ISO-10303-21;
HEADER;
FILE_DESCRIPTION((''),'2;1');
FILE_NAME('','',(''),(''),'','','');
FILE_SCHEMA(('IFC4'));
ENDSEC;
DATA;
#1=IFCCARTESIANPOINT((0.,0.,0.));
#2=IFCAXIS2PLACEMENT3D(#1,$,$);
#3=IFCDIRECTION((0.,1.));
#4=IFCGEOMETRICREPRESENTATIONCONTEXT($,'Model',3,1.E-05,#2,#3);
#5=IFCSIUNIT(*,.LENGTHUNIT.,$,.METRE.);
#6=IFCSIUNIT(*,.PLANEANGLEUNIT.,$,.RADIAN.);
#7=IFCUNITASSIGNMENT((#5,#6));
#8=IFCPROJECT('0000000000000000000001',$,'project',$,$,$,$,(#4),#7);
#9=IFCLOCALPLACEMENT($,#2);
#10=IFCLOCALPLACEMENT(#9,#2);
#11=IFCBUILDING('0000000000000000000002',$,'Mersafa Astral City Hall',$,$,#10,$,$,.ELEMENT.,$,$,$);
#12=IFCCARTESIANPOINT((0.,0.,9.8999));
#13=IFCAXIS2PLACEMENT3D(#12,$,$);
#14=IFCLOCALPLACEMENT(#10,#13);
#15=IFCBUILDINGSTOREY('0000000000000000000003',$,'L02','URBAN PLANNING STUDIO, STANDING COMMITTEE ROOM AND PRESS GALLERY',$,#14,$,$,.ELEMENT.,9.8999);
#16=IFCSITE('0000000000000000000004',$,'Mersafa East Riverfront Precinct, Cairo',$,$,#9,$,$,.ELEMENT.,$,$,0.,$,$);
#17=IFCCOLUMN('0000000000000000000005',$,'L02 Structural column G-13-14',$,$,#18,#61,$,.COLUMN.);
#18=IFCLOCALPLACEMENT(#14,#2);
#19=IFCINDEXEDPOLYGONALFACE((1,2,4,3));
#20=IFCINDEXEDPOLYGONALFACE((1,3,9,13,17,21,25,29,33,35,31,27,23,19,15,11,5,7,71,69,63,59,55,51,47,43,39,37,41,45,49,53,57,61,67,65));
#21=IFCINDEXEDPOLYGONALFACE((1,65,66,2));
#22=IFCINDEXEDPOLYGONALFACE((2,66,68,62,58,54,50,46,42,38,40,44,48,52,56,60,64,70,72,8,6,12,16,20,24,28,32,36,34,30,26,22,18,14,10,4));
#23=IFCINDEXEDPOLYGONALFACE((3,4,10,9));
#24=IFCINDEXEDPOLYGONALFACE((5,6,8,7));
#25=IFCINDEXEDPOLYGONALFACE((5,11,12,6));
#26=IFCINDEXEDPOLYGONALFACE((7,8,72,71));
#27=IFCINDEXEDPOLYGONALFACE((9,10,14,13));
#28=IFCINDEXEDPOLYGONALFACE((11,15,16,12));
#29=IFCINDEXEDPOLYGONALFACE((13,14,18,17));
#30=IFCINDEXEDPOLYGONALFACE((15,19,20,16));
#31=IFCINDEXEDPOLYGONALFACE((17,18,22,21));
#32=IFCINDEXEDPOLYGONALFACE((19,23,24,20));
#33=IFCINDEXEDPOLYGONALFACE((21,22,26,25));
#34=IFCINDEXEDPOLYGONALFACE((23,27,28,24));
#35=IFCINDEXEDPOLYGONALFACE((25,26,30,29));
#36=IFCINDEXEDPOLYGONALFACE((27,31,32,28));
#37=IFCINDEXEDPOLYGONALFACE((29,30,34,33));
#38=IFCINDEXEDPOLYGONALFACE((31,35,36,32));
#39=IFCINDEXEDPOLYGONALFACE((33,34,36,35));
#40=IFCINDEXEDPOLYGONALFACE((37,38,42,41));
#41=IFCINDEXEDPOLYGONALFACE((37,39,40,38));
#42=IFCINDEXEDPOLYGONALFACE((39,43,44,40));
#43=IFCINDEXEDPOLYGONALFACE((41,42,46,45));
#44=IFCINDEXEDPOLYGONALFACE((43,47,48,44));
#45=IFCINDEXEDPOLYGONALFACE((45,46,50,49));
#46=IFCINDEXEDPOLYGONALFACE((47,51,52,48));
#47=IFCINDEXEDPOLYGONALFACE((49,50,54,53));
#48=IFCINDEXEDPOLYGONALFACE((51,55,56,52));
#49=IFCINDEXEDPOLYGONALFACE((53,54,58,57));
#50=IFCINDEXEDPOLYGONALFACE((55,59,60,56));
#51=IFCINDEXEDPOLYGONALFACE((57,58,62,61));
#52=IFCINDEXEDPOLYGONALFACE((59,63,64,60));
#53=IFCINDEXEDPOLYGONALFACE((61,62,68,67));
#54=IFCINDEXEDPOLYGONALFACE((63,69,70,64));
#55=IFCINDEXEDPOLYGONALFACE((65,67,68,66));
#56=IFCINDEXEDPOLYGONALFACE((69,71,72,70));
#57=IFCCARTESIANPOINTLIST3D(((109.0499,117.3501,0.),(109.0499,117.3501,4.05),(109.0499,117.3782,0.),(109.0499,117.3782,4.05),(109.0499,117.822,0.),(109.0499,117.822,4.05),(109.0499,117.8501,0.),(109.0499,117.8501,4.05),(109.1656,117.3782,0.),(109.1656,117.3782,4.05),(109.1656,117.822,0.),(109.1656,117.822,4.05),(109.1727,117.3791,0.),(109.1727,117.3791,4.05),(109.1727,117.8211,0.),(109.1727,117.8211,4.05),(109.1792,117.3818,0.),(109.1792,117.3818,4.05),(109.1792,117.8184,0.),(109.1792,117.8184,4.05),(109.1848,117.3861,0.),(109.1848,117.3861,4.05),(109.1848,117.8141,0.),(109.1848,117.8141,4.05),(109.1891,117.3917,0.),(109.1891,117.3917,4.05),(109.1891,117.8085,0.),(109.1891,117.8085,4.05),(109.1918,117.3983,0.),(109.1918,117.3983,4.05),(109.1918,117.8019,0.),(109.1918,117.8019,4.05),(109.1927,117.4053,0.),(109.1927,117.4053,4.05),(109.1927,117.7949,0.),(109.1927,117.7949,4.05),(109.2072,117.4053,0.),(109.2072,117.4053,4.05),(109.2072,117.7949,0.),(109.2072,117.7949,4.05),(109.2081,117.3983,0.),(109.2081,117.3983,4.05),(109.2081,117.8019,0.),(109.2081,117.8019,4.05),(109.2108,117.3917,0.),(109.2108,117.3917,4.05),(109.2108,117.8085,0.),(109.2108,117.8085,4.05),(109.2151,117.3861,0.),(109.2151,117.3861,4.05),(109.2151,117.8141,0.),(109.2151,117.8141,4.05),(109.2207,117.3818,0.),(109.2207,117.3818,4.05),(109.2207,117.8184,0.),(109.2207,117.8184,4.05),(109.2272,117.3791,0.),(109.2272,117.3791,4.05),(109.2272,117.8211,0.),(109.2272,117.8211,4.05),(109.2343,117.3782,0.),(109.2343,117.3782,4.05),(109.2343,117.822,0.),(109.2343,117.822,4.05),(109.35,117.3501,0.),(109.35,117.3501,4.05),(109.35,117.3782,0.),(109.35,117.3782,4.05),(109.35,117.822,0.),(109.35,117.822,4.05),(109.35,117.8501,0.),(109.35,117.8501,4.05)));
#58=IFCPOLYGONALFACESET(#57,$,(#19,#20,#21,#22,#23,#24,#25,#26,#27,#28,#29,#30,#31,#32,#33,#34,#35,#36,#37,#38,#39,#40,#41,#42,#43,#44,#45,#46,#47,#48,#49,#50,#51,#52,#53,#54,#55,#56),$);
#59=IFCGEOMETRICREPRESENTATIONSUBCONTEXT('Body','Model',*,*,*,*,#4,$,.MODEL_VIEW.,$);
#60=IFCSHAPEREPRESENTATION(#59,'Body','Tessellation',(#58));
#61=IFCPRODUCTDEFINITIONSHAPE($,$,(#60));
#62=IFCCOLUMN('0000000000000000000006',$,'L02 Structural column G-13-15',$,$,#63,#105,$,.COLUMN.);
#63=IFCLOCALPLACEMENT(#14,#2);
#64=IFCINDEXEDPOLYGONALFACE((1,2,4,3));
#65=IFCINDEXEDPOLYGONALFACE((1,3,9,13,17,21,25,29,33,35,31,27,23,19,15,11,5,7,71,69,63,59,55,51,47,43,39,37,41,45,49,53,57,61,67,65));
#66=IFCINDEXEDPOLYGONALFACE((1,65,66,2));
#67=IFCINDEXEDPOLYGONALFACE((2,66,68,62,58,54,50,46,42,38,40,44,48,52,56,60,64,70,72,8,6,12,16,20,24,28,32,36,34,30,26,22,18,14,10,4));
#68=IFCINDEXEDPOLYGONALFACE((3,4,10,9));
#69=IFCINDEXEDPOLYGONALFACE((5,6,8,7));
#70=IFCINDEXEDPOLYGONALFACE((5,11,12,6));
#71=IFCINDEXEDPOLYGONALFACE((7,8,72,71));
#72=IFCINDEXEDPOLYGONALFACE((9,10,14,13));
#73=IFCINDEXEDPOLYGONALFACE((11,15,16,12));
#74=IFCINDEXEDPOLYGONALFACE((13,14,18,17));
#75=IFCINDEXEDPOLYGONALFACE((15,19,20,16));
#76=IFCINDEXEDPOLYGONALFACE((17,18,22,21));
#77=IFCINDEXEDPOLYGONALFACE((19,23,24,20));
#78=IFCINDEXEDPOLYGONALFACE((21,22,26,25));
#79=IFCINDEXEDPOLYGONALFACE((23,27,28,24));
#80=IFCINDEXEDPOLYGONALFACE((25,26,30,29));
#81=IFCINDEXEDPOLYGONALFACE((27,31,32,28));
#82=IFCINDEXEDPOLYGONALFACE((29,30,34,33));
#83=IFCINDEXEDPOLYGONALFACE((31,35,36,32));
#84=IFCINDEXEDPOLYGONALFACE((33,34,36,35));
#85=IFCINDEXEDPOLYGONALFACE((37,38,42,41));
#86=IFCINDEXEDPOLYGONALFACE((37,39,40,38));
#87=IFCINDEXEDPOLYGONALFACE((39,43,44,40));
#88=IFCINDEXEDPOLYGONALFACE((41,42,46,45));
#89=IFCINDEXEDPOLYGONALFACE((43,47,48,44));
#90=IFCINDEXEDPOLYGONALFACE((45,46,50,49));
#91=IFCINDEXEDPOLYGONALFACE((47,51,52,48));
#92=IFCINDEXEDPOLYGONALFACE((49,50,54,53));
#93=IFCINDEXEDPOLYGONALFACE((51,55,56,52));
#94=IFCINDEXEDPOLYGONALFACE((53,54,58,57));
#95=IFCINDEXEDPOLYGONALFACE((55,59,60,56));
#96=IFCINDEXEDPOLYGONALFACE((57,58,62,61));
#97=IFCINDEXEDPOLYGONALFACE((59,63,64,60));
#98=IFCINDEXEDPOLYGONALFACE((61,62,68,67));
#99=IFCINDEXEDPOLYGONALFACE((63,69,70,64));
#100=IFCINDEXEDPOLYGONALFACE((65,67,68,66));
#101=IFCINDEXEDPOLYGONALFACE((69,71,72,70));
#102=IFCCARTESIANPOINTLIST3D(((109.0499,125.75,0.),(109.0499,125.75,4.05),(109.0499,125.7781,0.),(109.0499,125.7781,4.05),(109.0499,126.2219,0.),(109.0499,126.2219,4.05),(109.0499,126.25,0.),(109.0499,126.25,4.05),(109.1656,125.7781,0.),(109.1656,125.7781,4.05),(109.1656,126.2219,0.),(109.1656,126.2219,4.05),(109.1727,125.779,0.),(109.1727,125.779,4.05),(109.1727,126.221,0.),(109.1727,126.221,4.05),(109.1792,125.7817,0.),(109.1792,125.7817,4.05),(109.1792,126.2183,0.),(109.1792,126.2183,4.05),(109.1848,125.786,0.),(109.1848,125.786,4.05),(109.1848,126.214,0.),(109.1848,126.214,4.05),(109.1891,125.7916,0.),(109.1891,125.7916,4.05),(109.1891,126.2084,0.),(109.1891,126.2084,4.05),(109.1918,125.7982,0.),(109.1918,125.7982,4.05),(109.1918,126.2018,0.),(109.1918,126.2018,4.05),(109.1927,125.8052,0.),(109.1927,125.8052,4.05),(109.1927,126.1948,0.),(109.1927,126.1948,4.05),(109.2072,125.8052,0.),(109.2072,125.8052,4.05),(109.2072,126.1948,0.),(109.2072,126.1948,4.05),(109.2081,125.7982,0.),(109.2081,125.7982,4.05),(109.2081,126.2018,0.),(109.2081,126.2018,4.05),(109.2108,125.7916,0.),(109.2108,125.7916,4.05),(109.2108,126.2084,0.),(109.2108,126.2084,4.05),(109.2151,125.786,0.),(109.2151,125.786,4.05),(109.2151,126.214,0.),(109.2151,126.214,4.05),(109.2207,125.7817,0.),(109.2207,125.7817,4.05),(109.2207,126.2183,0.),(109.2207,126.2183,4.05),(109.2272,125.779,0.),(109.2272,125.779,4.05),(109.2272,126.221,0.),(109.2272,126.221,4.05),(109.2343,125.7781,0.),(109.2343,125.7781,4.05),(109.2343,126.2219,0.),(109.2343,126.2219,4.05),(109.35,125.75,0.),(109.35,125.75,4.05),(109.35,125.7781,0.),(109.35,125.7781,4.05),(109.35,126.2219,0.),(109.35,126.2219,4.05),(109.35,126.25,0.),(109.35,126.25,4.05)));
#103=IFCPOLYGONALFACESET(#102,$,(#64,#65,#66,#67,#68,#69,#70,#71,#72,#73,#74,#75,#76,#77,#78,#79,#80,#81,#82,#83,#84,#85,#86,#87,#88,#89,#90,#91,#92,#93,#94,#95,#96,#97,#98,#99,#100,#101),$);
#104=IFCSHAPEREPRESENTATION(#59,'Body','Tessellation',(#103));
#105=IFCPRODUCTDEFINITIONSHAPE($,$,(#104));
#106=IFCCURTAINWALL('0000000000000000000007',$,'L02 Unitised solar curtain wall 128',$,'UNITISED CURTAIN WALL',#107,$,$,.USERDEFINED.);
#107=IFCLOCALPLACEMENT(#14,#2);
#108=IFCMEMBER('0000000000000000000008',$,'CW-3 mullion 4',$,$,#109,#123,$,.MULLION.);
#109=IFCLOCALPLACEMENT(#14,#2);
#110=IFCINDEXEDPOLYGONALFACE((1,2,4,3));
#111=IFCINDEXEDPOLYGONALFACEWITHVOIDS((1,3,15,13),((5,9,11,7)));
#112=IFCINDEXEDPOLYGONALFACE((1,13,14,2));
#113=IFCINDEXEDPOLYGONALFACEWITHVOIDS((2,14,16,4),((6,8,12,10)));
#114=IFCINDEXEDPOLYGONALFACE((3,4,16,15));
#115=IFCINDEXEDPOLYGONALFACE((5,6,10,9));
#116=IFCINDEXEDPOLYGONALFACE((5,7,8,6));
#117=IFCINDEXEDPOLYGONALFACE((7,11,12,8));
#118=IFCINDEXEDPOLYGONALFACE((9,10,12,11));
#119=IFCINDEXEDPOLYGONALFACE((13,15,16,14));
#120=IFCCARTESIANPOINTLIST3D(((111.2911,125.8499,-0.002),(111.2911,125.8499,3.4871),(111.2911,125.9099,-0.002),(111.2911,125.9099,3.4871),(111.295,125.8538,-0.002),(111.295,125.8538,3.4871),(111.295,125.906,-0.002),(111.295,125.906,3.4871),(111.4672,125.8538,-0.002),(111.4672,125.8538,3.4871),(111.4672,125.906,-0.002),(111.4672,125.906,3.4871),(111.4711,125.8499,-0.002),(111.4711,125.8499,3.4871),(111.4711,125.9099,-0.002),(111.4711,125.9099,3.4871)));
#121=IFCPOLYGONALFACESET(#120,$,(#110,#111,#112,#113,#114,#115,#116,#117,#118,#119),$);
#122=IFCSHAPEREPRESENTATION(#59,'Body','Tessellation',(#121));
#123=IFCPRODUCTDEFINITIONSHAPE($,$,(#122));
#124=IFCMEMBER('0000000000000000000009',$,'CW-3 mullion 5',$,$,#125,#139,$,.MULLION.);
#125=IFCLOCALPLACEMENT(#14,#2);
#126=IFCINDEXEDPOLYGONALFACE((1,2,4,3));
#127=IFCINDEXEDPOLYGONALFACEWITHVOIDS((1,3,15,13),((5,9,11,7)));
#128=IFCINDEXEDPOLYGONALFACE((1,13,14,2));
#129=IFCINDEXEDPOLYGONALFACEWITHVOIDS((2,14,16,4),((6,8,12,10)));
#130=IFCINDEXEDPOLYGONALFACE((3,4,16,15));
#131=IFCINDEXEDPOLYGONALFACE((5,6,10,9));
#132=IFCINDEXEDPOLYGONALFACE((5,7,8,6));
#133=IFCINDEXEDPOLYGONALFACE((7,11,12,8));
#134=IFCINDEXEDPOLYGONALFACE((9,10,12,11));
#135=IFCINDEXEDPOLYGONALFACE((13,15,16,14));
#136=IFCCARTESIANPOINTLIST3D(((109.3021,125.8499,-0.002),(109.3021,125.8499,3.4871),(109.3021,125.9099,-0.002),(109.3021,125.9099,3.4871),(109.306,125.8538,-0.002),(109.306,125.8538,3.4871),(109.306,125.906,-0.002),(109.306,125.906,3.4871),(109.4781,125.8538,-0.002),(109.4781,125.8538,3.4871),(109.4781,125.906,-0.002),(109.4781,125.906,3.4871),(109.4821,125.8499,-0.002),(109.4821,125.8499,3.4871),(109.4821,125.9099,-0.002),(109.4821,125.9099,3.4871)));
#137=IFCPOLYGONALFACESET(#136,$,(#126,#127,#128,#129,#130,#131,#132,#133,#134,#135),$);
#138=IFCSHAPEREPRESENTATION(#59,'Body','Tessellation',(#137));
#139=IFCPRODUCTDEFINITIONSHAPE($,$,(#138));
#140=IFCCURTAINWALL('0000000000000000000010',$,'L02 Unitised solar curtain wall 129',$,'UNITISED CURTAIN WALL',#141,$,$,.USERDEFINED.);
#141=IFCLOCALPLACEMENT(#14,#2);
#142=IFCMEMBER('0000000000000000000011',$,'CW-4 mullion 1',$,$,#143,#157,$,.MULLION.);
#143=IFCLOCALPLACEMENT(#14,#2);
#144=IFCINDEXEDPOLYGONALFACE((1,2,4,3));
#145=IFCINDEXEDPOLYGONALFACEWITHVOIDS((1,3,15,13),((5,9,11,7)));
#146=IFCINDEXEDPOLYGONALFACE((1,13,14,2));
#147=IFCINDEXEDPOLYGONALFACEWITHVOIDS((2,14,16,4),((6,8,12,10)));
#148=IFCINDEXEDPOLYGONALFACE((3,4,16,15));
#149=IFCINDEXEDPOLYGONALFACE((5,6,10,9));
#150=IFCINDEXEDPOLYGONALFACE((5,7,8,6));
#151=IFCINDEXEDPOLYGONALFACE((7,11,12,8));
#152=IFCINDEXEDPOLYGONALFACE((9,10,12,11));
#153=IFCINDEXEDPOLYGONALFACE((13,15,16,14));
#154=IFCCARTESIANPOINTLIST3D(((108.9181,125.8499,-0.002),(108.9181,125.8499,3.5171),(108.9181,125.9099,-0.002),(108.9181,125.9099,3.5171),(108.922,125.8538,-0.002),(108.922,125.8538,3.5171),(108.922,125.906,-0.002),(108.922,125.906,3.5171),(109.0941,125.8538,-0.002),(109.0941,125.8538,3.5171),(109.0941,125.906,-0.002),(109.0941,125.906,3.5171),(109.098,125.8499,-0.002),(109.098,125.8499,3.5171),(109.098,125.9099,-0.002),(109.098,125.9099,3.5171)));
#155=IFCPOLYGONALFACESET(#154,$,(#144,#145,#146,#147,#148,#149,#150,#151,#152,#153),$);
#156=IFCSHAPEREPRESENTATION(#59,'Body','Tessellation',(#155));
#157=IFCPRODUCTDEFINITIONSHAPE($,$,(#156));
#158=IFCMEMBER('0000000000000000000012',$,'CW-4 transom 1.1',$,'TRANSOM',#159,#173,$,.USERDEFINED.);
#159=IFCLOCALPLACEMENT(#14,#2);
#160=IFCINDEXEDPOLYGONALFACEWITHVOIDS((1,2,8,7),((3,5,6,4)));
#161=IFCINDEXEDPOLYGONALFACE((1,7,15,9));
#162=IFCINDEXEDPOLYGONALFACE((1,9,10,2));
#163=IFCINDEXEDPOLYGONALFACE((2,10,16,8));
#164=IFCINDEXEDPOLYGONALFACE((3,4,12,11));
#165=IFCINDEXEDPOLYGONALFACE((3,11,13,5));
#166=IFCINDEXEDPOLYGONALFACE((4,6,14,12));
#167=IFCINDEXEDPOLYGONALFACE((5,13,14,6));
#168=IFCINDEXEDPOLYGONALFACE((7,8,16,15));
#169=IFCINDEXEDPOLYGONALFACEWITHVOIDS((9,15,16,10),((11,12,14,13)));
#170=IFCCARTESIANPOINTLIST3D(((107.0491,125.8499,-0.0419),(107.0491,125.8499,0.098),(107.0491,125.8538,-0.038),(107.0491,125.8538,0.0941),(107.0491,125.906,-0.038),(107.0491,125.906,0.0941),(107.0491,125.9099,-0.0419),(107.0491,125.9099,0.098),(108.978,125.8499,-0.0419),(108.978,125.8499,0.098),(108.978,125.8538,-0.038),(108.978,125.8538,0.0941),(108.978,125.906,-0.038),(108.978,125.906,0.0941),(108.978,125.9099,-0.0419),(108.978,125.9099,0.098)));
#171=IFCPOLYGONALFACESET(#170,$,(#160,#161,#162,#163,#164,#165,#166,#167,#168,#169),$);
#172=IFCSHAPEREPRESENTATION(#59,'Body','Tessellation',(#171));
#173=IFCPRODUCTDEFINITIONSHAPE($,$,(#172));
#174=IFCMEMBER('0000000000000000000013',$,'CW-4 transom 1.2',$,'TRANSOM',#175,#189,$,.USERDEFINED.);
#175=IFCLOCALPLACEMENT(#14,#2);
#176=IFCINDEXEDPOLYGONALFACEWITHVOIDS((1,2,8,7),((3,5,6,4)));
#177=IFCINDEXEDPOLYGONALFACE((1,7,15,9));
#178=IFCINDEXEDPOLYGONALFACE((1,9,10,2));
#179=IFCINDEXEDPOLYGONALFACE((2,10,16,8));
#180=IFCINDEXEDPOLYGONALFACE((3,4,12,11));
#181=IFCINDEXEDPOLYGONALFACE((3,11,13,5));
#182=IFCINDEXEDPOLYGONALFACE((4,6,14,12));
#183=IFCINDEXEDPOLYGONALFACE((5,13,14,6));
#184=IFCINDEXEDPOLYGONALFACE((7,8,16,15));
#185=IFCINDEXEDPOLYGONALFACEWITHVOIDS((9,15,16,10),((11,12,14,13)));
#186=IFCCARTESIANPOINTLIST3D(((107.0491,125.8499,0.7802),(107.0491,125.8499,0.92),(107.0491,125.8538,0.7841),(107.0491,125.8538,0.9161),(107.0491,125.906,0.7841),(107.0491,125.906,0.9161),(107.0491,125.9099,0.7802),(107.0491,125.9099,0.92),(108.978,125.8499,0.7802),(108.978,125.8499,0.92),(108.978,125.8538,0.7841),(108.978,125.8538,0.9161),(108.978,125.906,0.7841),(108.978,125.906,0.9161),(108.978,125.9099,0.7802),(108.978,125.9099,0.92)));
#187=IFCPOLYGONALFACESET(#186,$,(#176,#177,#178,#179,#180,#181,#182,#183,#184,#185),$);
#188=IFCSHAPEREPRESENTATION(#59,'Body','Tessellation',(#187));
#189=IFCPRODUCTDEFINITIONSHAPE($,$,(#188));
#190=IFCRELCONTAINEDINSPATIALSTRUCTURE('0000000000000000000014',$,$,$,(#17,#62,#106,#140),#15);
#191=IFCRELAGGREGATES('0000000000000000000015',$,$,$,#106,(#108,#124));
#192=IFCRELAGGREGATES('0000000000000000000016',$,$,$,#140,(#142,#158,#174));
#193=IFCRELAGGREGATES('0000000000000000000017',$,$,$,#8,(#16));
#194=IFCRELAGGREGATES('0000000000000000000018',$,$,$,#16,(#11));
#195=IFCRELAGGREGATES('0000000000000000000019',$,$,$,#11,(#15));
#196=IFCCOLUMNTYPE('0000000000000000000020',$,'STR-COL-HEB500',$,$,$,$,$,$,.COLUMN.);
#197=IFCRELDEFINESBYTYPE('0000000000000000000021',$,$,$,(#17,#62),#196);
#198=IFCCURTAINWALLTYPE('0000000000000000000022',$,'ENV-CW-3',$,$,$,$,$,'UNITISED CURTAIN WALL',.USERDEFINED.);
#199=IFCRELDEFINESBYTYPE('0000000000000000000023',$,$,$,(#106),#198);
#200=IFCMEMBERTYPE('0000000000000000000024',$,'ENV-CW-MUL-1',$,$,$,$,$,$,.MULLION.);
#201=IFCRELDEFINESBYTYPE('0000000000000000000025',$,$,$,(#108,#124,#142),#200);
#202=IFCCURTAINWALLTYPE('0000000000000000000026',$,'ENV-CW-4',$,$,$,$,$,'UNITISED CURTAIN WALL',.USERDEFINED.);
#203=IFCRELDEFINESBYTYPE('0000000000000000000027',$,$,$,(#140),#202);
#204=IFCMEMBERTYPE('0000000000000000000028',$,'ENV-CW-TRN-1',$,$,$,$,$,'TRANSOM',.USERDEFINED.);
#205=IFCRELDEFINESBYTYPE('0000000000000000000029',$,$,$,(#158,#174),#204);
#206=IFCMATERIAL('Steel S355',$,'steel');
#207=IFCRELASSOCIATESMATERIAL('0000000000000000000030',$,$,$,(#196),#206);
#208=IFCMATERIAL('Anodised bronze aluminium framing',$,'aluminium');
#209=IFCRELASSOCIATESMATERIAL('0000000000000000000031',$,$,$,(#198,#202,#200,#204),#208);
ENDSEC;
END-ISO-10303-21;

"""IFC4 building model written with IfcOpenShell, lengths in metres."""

from ifc_helpers import new_model, si_unit, direction, frame, origin, origin_2d, place, context, subcontext, project, spatial, hollow_rectangle, i_section, extrude, material, material_profile, profile_set, type_object, element, aggregate, save


model = new_model("IFC4")

# Units and contexts
model_context = context("Model", 3, precision=1e-05, world=origin(), true_north=direction((0.0, 1.0)))
body_context = subcontext(model_context, "Body", "Model", "MODEL_VIEW")
ifc_project = project(units=[si_unit("LENGTHUNIT", "METRE"), si_unit("PLANEANGLEUNIT", "RADIAN")], contexts=[model_context])

# Site, building, storey
site_placement = place(None, origin())
site = spatial("IfcSite", under=ifc_project, at=site_placement, Name="Mersafa East Riverfront Precinct, Cairo", CompositionType="ELEMENT", RefElevation=0.0)
building_placement = place(site_placement, origin())
building = spatial("IfcBuilding", under=site, at=building_placement, Name="Mersafa Astral City Hall", CompositionType="ELEMENT")
storey_placement = place(building_placement, frame((0.0, 0.0, 9.8999)))
storey = spatial("IfcBuildingStorey", under=building, at=storey_placement, Name="L02", Description="URBAN PLANNING STUDIO, STANDING COMMITTEE ROOM AND PRESS GALLERY", CompositionType="ELEMENT", Elevation=9.8999)

# Columns
ifc_material_1 = material(Name="Steel S355", Category="steel")
ifc_material_profile_1 = material_profile(ifc_material_1, i_section(OverallWidth=0.3, OverallDepth=0.5, WebThickness=0.0144, FlangeThickness=0.0281, FilletRadius=0.0271, at=origin_2d()), Name="HEB 500")
ifc_profile_set_1 = profile_set([ifc_material_profile_1], Name="Steel S355")
column_type = type_object("IfcColumnType", Name="STR-COL-HEB500", PredefinedType="COLUMN", material=ifc_profile_set_1)
for number, where, z_axis, x_axis, name in (
    (1, (109.2, 117.6001, 0.0), (0.0, 0.0, 1.0), (1.0, 0.0, 0.0), "L02 Structural column G-13-14"),
    (2, (109.2, 126.0, 0.0), (0.0, 0.0, 1.0), (1.0, 0.0, 0.0), "L02 Structural column G-13-15"),
):
    element("IfcColumn", number, at=place(storey_placement, frame(where, z_axis=z_axis, x_axis=x_axis)), inside=storey, type_object=column_type, Name=name, PredefinedType="COLUMN", context=body_context, shape_type="SweptSolid", body=[
        extrude(i_section(OverallWidth=0.3, OverallDepth=0.5, WebThickness=0.0144, FlangeThickness=0.0281, FilletRadius=0.0271, at=origin_2d()), origin(), (0.0, 0.0, 1.0), 4.05),
    ])

# Curtain walls, members
ifc_material_2 = material(Name="Anodised bronze aluminium framing", Category="aluminium")
curtain_wall_type_1 = type_object("IfcCurtainWallType", Name="ENV-CW-3", ElementType="UNITISED CURTAIN WALL", PredefinedType="USERDEFINED", material=ifc_material_2)
curtain_wall_1_placement = place(storey_placement, origin())
curtain_wall_1 = element("IfcCurtainWall", 3, at=curtain_wall_1_placement, inside=storey, type_object=curtain_wall_type_1, Name="L02 Unitised solar curtain wall 128", ObjectType="UNITISED CURTAIN WALL", PredefinedType="USERDEFINED")
ifc_material_profile_2 = material_profile(ifc_material_2, hollow_rectangle(XDim=0.0601, YDim=0.1799, WallThickness=0.0039, at=origin_2d()), Name="RHS 60x180x4")
ifc_profile_set_2 = profile_set([ifc_material_profile_2], Name="Anodised bronze aluminium framing")
member_type_1 = type_object("IfcMemberType", Name="ENV-CW-MUL-1", PredefinedType="MULLION", material=ifc_profile_set_2)
member_1_placement = place(storey_placement, frame((111.3811, 125.8799, -0.002), z_axis=(0.0, 0.0, 1.0), x_axis=(0.0, -1.0, 0.0)))
member_1 = element("IfcMember", 4, at=member_1_placement, type_object=member_type_1, Name="CW-3 mullion 4", PredefinedType="MULLION", context=body_context, shape_type="SweptSolid", body=[
    extrude(hollow_rectangle(XDim=0.0601, YDim=0.1799, WallThickness=0.0039, at=origin_2d()), origin(), (0.0, 0.0, 1.0), 3.489),
])
member_2_placement = place(storey_placement, frame((109.3921, 125.8799, -0.002), z_axis=(0.0, 0.0, 1.0), x_axis=(0.0, -1.0, 0.0)))
member_2 = element("IfcMember", 5, at=member_2_placement, type_object=member_type_1, Name="CW-3 mullion 5", PredefinedType="MULLION", context=body_context, shape_type="SweptSolid", body=[
    extrude(hollow_rectangle(XDim=0.0601, YDim=0.1799, WallThickness=0.0039, at=origin_2d()), origin(), (0.0, 0.0, 1.0), 3.489),
])
curtain_wall_type_2 = type_object("IfcCurtainWallType", Name="ENV-CW-4", ElementType="UNITISED CURTAIN WALL", PredefinedType="USERDEFINED", material=ifc_material_2)
curtain_wall_2_placement = place(storey_placement, origin())
curtain_wall_2 = element("IfcCurtainWall", 6, at=curtain_wall_2_placement, inside=storey, type_object=curtain_wall_type_2, Name="L02 Unitised solar curtain wall 129", ObjectType="UNITISED CURTAIN WALL", PredefinedType="USERDEFINED")
member_3_placement = place(storey_placement, frame((109.0081, 125.8799, -0.002), z_axis=(0.0, 0.0, 1.0), x_axis=(0.0, -1.0, 0.0)))
member_3 = element("IfcMember", 7, at=member_3_placement, type_object=member_type_1, Name="CW-4 mullion 1", PredefinedType="MULLION", context=body_context, shape_type="SweptSolid", body=[
    extrude(hollow_rectangle(XDim=0.0601, YDim=0.1799, WallThickness=0.0039, at=origin_2d()), origin(), (0.0, 0.0, 1.0), 3.519),
])
ifc_material_profile_3 = material_profile(ifc_material_2, hollow_rectangle(XDim=0.0601, YDim=0.1399, WallThickness=0.0039, at=origin_2d()), Name="RHS 60x140x4")
ifc_profile_set_3 = profile_set([ifc_material_profile_3], Name="Anodised bronze aluminium framing")
member_type_2 = type_object("IfcMemberType", Name="ENV-CW-TRN-1", ElementType="TRANSOM", PredefinedType="USERDEFINED", material=ifc_profile_set_3)
member_4_placement = place(storey_placement, frame((108.978, 125.8799, 0.0281), z_axis=(-1.0, 0.0, 0.0), x_axis=(0.0, -1.0, 0.0)))
member_4 = element("IfcMember", 8, at=member_4_placement, type_object=member_type_2, Name="CW-4 transom 1.1", ObjectType="TRANSOM", PredefinedType="USERDEFINED", context=body_context, shape_type="SweptSolid", body=[
    extrude(hollow_rectangle(XDim=0.0601, YDim=0.1399, WallThickness=0.0039, at=origin_2d()), origin(), (0.0, 0.0, 1.0), 1.929),
])
member_5_placement = place(storey_placement, frame((108.978, 125.8799, 0.8501), z_axis=(-1.0, 0.0, 0.0), x_axis=(0.0, -1.0, 0.0)))
member_5 = element("IfcMember", 9, at=member_5_placement, type_object=member_type_2, Name="CW-4 transom 1.2", ObjectType="TRANSOM", PredefinedType="USERDEFINED", context=body_context, shape_type="SweptSolid", body=[
    extrude(hollow_rectangle(XDim=0.0601, YDim=0.1399, WallThickness=0.0039, at=origin_2d()), origin(), (0.0, 0.0, 1.0), 1.929),
])

aggregate(curtain_wall_1, [member_1, member_2])
aggregate(curtain_wall_2, [member_3, member_4, member_5])

save(model, "model.ifc")
